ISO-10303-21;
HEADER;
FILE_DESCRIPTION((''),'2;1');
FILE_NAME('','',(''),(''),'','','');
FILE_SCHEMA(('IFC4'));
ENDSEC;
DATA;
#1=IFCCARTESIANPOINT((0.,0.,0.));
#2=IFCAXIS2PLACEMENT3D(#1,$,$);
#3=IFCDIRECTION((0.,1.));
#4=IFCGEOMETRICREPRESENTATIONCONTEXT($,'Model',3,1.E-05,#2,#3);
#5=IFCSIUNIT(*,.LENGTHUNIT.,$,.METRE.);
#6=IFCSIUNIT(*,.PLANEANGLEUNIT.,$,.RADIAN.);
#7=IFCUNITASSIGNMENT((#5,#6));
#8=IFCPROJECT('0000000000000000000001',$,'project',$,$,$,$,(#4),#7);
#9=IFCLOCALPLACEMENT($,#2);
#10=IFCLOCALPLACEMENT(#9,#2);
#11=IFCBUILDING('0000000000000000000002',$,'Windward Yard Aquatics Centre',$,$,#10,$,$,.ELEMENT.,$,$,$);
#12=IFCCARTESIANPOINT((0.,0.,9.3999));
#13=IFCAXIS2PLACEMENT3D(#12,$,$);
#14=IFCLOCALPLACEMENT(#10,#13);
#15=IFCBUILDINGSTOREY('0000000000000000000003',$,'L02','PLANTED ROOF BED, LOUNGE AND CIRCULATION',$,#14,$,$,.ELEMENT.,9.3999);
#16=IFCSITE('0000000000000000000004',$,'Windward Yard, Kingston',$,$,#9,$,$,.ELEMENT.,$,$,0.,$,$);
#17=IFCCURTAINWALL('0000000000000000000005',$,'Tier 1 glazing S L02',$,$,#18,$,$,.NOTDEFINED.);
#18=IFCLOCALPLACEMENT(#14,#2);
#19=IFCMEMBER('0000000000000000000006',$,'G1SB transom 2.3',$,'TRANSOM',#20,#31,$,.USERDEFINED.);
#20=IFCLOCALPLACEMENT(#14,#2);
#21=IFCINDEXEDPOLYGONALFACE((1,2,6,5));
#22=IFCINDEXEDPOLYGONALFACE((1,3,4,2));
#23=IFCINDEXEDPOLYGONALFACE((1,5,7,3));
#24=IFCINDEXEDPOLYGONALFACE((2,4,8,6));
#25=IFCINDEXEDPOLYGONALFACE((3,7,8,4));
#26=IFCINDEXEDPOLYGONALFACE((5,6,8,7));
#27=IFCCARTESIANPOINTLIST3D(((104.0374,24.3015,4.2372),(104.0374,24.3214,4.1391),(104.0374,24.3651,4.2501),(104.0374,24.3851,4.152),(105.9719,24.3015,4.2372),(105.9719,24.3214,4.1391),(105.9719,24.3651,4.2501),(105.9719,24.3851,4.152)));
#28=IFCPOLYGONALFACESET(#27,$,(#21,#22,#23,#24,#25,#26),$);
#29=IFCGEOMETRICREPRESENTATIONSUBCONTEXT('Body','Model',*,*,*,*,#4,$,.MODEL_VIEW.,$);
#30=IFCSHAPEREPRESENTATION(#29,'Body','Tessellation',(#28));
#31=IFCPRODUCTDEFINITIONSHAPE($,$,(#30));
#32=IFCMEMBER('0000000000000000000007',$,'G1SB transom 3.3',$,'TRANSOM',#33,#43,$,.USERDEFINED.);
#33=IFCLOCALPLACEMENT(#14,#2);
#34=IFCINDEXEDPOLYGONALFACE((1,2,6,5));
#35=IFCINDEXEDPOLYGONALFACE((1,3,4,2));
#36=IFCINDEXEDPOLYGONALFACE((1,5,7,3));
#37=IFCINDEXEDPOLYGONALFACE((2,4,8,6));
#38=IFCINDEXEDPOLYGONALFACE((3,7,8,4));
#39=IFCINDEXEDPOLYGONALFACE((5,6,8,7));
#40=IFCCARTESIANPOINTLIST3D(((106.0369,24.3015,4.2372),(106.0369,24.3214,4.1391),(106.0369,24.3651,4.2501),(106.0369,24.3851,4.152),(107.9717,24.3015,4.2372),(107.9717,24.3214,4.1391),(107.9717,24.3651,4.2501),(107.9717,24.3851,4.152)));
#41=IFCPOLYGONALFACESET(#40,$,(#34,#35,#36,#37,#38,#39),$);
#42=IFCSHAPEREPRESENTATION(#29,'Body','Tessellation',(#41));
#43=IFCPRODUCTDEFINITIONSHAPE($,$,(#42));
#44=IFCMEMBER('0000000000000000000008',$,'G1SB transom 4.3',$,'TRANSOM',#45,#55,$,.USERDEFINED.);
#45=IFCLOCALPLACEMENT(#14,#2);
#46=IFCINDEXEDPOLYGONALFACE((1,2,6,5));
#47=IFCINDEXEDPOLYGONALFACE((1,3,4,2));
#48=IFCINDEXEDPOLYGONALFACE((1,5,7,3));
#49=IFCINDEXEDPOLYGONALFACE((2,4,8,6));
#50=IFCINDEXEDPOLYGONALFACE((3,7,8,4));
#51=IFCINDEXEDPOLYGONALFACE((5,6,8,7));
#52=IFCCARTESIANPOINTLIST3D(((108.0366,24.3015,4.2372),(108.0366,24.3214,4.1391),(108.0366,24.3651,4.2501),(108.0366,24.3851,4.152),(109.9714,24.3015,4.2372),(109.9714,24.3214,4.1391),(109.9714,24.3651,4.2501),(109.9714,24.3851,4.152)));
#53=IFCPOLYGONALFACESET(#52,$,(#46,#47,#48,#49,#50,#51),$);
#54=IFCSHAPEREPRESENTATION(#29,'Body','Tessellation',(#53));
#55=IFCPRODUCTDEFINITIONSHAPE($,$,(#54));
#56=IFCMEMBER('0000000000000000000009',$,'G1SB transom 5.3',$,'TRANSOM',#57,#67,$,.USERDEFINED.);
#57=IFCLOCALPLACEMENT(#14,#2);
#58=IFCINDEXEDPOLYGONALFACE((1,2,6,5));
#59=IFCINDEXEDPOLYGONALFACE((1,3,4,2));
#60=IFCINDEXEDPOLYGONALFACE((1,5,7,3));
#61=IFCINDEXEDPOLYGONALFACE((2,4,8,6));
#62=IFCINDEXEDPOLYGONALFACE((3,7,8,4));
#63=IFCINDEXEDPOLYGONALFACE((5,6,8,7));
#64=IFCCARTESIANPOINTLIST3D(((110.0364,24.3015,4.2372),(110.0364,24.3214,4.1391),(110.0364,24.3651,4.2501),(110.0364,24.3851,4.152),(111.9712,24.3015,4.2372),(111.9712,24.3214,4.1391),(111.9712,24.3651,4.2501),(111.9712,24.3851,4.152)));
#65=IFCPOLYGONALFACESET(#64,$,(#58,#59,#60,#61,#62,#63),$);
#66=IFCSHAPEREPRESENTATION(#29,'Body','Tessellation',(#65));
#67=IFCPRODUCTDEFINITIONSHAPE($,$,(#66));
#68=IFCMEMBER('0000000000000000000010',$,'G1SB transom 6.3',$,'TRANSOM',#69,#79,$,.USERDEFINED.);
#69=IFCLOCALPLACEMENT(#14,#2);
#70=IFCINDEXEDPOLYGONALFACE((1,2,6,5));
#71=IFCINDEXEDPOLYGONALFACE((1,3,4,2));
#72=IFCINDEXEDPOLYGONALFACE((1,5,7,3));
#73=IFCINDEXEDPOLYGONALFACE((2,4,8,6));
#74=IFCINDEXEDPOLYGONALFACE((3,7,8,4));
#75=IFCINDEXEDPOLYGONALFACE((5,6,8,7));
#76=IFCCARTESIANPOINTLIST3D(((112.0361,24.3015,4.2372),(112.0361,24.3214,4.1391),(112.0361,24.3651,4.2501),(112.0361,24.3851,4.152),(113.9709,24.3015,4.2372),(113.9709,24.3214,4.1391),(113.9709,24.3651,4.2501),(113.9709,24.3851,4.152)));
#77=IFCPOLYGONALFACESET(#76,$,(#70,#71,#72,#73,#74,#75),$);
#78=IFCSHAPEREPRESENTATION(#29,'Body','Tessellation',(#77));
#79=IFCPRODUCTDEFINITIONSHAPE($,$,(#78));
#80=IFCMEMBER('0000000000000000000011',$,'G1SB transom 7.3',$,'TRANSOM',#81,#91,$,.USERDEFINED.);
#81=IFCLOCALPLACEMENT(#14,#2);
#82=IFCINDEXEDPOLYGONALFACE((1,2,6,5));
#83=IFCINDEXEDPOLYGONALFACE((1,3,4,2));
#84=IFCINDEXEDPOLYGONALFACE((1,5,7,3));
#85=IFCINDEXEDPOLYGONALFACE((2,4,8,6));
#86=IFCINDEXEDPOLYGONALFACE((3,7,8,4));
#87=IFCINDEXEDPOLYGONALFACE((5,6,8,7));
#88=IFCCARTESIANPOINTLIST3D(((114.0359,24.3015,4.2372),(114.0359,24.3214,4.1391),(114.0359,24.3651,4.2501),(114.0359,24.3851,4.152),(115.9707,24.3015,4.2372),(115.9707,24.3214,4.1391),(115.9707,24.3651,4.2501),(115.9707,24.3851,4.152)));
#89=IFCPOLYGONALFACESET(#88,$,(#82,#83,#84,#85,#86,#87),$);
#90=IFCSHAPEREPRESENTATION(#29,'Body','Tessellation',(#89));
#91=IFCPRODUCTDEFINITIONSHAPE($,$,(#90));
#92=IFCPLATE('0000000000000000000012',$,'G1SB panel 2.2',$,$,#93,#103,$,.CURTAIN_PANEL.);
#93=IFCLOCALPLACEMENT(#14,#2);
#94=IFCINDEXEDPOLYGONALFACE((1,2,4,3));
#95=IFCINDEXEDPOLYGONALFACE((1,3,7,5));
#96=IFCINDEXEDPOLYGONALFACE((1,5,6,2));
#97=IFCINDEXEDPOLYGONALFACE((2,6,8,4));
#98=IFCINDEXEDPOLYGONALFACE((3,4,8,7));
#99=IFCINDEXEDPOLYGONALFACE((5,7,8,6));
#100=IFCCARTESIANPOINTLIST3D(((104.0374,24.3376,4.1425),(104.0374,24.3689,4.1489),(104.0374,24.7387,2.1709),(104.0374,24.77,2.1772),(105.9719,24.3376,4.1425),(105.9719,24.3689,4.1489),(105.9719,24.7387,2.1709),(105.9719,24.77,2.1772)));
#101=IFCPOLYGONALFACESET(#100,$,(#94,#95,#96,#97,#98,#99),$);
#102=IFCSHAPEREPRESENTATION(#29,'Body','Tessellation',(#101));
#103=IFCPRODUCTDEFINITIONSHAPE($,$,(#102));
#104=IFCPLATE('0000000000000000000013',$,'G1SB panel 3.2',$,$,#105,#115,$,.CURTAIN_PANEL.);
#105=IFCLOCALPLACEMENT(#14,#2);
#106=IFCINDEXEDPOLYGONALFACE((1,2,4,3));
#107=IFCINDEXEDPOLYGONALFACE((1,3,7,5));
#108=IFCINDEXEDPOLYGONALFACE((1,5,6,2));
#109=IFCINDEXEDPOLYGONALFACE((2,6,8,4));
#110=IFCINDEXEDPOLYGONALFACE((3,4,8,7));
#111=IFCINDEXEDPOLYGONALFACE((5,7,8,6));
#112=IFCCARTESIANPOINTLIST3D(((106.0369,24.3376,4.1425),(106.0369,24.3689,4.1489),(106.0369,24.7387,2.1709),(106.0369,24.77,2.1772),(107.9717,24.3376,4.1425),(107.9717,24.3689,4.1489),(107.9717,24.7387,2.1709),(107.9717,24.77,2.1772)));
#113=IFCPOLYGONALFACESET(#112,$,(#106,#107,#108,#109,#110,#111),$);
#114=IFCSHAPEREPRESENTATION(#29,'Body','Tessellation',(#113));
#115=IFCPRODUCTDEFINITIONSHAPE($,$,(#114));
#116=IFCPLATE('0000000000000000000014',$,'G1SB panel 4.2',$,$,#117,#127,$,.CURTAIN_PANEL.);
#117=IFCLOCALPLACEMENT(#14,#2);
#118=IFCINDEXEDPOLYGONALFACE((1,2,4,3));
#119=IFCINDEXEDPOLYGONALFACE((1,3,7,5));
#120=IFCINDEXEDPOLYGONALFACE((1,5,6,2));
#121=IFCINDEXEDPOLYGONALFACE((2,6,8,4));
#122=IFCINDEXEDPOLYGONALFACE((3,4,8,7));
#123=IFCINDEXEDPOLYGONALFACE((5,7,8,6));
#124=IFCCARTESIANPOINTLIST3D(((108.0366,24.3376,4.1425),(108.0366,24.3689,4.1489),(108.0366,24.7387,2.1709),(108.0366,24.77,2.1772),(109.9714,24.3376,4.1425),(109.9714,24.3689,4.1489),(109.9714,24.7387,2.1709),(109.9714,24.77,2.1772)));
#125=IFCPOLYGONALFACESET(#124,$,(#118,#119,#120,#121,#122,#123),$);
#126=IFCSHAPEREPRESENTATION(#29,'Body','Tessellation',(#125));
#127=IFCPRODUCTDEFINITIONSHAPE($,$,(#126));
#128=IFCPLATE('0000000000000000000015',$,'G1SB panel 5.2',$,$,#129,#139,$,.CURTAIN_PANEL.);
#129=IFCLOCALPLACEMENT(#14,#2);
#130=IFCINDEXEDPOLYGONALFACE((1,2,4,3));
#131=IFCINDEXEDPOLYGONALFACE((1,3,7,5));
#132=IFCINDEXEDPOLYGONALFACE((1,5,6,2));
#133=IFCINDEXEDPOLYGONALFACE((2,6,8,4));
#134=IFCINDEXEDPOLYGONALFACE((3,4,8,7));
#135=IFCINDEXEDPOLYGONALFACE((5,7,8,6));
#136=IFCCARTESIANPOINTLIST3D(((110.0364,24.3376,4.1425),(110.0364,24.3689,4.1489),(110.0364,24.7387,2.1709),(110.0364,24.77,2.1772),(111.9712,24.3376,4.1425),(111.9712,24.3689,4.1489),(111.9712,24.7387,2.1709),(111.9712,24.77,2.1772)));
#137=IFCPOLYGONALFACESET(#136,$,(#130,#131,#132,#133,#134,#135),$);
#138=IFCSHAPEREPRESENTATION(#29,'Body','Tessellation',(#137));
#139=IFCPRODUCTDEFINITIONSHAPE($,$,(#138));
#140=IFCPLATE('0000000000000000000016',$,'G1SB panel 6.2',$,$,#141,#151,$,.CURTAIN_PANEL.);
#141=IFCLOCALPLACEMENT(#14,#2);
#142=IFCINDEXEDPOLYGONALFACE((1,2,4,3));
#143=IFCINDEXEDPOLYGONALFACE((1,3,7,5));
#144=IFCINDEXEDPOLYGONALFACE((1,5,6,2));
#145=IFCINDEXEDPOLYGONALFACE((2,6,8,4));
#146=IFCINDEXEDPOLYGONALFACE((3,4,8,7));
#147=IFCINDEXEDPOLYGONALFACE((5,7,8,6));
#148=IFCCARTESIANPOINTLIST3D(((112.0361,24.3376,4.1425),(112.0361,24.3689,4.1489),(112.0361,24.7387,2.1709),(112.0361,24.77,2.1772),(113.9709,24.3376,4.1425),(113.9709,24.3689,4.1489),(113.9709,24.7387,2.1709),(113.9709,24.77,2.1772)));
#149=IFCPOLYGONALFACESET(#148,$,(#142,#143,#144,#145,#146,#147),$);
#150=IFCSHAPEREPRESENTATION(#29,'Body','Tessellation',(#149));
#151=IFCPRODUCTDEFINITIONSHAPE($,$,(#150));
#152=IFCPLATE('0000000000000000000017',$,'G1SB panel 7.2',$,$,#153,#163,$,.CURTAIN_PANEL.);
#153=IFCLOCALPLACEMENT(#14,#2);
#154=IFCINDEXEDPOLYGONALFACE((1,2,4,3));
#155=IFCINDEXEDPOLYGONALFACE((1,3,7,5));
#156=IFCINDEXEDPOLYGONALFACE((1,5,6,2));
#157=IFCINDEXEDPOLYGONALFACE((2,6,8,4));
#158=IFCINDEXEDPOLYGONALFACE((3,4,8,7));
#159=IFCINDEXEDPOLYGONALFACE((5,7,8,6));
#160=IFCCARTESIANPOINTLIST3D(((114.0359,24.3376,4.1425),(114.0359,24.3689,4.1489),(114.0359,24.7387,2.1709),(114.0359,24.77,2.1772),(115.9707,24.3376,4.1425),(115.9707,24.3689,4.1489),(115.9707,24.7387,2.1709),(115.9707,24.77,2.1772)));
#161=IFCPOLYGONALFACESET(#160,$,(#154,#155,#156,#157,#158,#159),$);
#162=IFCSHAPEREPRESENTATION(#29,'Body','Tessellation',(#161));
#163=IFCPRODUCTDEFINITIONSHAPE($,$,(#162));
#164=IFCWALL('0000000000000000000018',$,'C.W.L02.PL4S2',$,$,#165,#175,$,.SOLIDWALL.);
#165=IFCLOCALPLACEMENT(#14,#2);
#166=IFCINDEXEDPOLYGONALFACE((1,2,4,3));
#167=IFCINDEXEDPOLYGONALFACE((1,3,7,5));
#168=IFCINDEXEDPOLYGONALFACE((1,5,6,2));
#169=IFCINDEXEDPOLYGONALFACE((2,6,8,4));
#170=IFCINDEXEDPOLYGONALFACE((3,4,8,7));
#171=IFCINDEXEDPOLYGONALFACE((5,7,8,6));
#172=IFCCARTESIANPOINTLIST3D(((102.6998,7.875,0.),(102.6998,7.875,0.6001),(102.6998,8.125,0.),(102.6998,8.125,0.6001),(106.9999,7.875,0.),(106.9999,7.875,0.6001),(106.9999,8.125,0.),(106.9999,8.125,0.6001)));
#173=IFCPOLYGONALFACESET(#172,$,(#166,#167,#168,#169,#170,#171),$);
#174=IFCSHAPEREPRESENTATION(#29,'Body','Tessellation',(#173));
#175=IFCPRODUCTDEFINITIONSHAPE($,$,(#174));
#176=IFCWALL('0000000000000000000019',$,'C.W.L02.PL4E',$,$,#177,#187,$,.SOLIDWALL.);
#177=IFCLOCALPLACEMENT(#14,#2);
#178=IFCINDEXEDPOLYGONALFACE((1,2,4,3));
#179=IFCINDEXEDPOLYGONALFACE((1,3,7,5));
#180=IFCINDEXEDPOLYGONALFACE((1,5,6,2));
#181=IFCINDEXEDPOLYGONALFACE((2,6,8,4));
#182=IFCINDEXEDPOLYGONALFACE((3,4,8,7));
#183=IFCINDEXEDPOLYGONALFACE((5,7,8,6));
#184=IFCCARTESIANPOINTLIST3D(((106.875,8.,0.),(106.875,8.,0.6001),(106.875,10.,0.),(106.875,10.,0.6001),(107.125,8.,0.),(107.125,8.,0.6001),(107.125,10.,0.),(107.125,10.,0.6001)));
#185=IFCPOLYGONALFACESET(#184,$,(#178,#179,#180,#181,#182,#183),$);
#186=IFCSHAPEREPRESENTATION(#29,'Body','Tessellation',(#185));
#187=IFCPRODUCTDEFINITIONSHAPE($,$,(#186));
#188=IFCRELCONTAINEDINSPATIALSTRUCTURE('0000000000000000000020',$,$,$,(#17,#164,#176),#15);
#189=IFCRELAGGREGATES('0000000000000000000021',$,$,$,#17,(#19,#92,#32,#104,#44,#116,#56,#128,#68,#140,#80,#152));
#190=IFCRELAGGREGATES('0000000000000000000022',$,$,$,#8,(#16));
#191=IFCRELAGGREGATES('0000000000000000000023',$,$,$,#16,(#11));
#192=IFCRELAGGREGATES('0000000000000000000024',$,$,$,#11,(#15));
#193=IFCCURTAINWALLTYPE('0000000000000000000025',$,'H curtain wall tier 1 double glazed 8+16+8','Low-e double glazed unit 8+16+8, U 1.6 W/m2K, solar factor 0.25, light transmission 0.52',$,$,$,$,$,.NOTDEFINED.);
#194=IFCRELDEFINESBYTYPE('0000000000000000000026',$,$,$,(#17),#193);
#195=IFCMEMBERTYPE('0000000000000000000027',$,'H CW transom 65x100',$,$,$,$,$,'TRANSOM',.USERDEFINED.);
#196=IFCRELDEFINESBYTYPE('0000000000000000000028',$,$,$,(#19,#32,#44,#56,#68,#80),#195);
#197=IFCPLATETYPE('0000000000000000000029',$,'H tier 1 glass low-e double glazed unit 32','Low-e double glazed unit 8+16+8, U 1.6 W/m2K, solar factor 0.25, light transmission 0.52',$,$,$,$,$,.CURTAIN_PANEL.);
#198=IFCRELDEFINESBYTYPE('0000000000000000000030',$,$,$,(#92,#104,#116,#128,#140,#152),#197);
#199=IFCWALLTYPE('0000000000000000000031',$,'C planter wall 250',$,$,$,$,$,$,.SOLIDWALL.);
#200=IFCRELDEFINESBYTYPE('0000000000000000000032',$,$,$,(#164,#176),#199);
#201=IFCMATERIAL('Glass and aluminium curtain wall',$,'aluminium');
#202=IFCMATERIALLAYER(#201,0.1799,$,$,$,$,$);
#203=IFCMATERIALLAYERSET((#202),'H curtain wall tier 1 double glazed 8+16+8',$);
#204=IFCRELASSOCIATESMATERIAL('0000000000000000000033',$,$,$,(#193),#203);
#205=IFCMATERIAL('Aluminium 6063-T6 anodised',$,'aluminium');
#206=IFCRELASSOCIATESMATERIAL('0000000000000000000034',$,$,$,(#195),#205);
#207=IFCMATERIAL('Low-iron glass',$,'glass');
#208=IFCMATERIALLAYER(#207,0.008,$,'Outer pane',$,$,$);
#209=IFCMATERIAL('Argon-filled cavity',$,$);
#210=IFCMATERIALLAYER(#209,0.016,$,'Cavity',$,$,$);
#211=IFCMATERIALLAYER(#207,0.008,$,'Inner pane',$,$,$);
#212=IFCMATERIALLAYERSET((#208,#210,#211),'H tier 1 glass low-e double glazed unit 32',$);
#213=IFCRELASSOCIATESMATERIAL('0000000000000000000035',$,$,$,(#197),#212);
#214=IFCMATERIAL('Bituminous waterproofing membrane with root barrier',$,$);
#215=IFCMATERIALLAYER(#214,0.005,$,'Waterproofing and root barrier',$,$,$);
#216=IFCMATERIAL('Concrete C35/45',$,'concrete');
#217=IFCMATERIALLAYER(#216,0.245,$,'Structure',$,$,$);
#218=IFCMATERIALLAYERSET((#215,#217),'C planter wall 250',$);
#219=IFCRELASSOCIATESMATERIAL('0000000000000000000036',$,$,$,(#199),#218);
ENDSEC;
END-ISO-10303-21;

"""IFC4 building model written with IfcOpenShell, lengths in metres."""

from ifc_helpers import new_model, si_unit, direction, frame, frame_2d, origin, origin_2d, place, context, subcontext, project, spatial, polyline, rectangle, outline, extrude, material, layer, layer_set, material_profile, profile_set, type_object, element, aggregate, save


model = new_model("IFC4")

# Units and contexts
model_context = context("Model", 3, precision=1e-05, world=origin(), true_north=direction((0.0, 1.0)))
body_context = subcontext(model_context, "Body", "Model", "MODEL_VIEW")
ifc_project = project(units=[si_unit("LENGTHUNIT", "METRE"), si_unit("PLANEANGLEUNIT", "RADIAN")], contexts=[model_context])

# Site, building, storey
site_placement = place(None, origin())
site = spatial("IfcSite", under=ifc_project, at=site_placement, Name="Windward Yard, Kingston", CompositionType="ELEMENT", RefElevation=0.0)
building_placement = place(site_placement, origin())
building = spatial("IfcBuilding", under=site, at=building_placement, Name="Windward Yard Aquatics Centre", CompositionType="ELEMENT")
storey_placement = place(building_placement, frame((0.0, 0.0, 9.3999)))
storey = spatial("IfcBuildingStorey", under=building, at=storey_placement, Name="L02", Description="PLANTED ROOF BED, LOUNGE AND CIRCULATION", CompositionType="ELEMENT", Elevation=9.3999)

# Curtain wall, members, plates
ifc_material_1 = material(Name="Glass and aluminium curtain wall", Category="aluminium")
ifc_layer_1 = layer(ifc_material_1, 0.1799)
ifc_layer_set_1 = layer_set([ifc_layer_1], Name="H curtain wall tier 1 double glazed 8+16+8")
curtain_wall_type = type_object("IfcCurtainWallType", Name="H curtain wall tier 1 double glazed 8+16+8", Description="Low-e double glazed unit 8+16+8, U 1.6 W/m2K, solar factor 0.25, light transmission 0.52", PredefinedType="NOTDEFINED", material=ifc_layer_set_1)
curtain_wall_placement = place(storey_placement, origin())
curtain_wall = element("IfcCurtainWall", 1, at=curtain_wall_placement, inside=storey, type_object=curtain_wall_type, Name="Tier 1 glazing S L02", PredefinedType="NOTDEFINED")
ifc_material_2 = material(Name="Aluminium 6063-T6 anodised", Category="aluminium")
ifc_material_profile = material_profile(ifc_material_2, rectangle(XDim=0.0649, YDim=0.1001, at=origin_2d()), Name="H CW transom 65x100")
ifc_profile_set = profile_set([ifc_material_profile], Name="Aluminium 6063-T6 anodised")
member_type = type_object("IfcMemberType", Name="H CW transom 65x100", ElementType="TRANSOM", PredefinedType="USERDEFINED", material=ifc_profile_set)
member_1_placement = place(storey_placement, frame((104.0374, 24.3433, 4.1946), z_axis=(1.0, 0.0, 0.0), x_axis=(0.0, 0.979925, 0.199368)))
member_1 = element("IfcMember", 2, at=member_1_placement, type_object=member_type, Name="G1SB transom 2.3", ObjectType="TRANSOM", PredefinedType="USERDEFINED", context=body_context, shape_type="SweptSolid", body=[
    extrude(rectangle(XDim=0.0649, YDim=0.1001, at=origin_2d()), origin(), (0.0, 0.0, 1.0), 1.9346),
])
member_2_placement = place(storey_placement, frame((106.0369, 24.3433, 4.1946), z_axis=(1.0, 0.0, 0.0), x_axis=(0.0, 0.979925, 0.199368)))
member_2 = element("IfcMember", 3, at=member_2_placement, type_object=member_type, Name="G1SB transom 3.3", ObjectType="TRANSOM", PredefinedType="USERDEFINED", context=body_context, shape_type="SweptSolid", body=[
    extrude(rectangle(XDim=0.0649, YDim=0.1001, at=origin_2d()), origin(), (0.0, 0.0, 1.0), 1.9348),
])
member_3_placement = place(storey_placement, frame((108.0366, 24.3433, 4.1946), z_axis=(1.0, 0.0, 0.0), x_axis=(0.0, 0.979925, 0.199368)))
member_3 = element("IfcMember", 4, at=member_3_placement, type_object=member_type, Name="G1SB transom 4.3", ObjectType="TRANSOM", PredefinedType="USERDEFINED", context=body_context, shape_type="SweptSolid", body=[
    extrude(rectangle(XDim=0.0649, YDim=0.1001, at=origin_2d()), origin(), (0.0, 0.0, 1.0), 1.9348),
])
member_4_placement = place(storey_placement, frame((110.0364, 24.3433, 4.1946), z_axis=(1.0, 0.0, 0.0), x_axis=(0.0, 0.979925, 0.199368)))
member_4 = element("IfcMember", 5, at=member_4_placement, type_object=member_type, Name="G1SB transom 5.3", ObjectType="TRANSOM", PredefinedType="USERDEFINED", context=body_context, shape_type="SweptSolid", body=[
    extrude(rectangle(XDim=0.0649, YDim=0.1001, at=origin_2d()), origin(), (0.0, 0.0, 1.0), 1.9348),
])
member_5_placement = place(storey_placement, frame((112.0361, 24.3433, 4.1946), z_axis=(1.0, 0.0, 0.0), x_axis=(0.0, 0.979925, 0.199368)))
member_5 = element("IfcMember", 6, at=member_5_placement, type_object=member_type, Name="G1SB transom 6.3", ObjectType="TRANSOM", PredefinedType="USERDEFINED", context=body_context, shape_type="SweptSolid", body=[
    extrude(rectangle(XDim=0.0649, YDim=0.1001, at=origin_2d()), origin(), (0.0, 0.0, 1.0), 1.9348),
])
member_6_placement = place(storey_placement, frame((114.0359, 24.3433, 4.1946), z_axis=(1.0, 0.0, 0.0), x_axis=(0.0, 0.979925, 0.199368)))
member_6 = element("IfcMember", 7, at=member_6_placement, type_object=member_type, Name="G1SB transom 7.3", ObjectType="TRANSOM", PredefinedType="USERDEFINED", context=body_context, shape_type="SweptSolid", body=[
    extrude(rectangle(XDim=0.0649, YDim=0.1001, at=origin_2d()), origin(), (0.0, 0.0, 1.0), 1.9348),
])
ifc_material_3 = material(Name="Low-iron glass", Category="glass")
ifc_layer_2 = layer(ifc_material_3, 0.008, Name="Outer pane")
ifc_material_4 = material(Name="Argon-filled cavity")
ifc_layer_3 = layer(ifc_material_4, 0.016, Name="Cavity")
ifc_layer_4 = layer(ifc_material_3, 0.008, Name="Inner pane")
ifc_layer_set_2 = layer_set([ifc_layer_2, ifc_layer_3, ifc_layer_4], Name="H tier 1 glass low-e double glazed unit 32")
plate_type = type_object("IfcPlateType", Name="H tier 1 glass low-e double glazed unit 32", Description="Low-e double glazed unit 8+16+8, U 1.6 W/m2K, solar factor 0.25, light transmission 0.52", PredefinedType="CURTAIN_PANEL", material=ifc_layer_set_2)
plate_1_placement = place(storey_placement, frame((104.0374, 24.3689, 4.1489), z_axis=(0.0, 0.979927, 0.199359), x_axis=(0.0, 0.199359, -0.979927)))
plate_1 = element("IfcPlate", 8, at=plate_1_placement, type_object=plate_type, Name="G1SB panel 2.2", PredefinedType="CURTAIN_PANEL", context=body_context, shape_type="SweptSolid", body=[
    extrude(outline(polyline([(0.0, 0.0), (2.0121, 0.0), (2.0121, -1.9346), (0.0, -1.9346), (0.0, 0.0)])), origin(), (0.0, 0.0, -1.0), 0.032),
])
plate_2_placement = place(storey_placement, frame((106.0369, 24.3689, 4.1489), z_axis=(0.0, 0.979927, 0.199359), x_axis=(0.0, 0.199359, -0.979927)))
plate_2 = element("IfcPlate", 9, at=plate_2_placement, type_object=plate_type, Name="G1SB panel 3.2", PredefinedType="CURTAIN_PANEL", context=body_context, shape_type="SweptSolid", body=[
    extrude(outline(polyline([(0.0, 0.0), (2.0121, 0.0), (2.0121, -1.9348), (0.0, -1.9348), (0.0, 0.0)])), origin(), (0.0, 0.0, -1.0), 0.032),
])
plate_3_placement = place(storey_placement, frame((108.0366, 24.3689, 4.1489), z_axis=(0.0, 0.979927, 0.199359), x_axis=(0.0, 0.199359, -0.979927)))
plate_3 = element("IfcPlate", 10, at=plate_3_placement, type_object=plate_type, Name="G1SB panel 4.2", PredefinedType="CURTAIN_PANEL", context=body_context, shape_type="SweptSolid", body=[
    extrude(outline(polyline([(0.0, 0.0), (2.0121, 0.0), (2.0121, -1.9348), (0.0, -1.9348), (0.0, 0.0)])), origin(), (0.0, 0.0, -1.0), 0.032),
])
plate_4_placement = place(storey_placement, frame((110.0364, 24.3689, 4.1489), z_axis=(0.0, 0.979927, 0.199359), x_axis=(0.0, 0.199359, -0.979927)))
plate_4 = element("IfcPlate", 11, at=plate_4_placement, type_object=plate_type, Name="G1SB panel 5.2", PredefinedType="CURTAIN_PANEL", context=body_context, shape_type="SweptSolid", body=[
    extrude(outline(polyline([(0.0, 0.0), (2.0121, 0.0), (2.0121, -1.9348), (0.0, -1.9348), (0.0, 0.0)])), origin(), (0.0, 0.0, -1.0), 0.032),
])
plate_5_placement = place(storey_placement, frame((112.0361, 24.3689, 4.1489), z_axis=(0.0, 0.979927, 0.199359), x_axis=(0.0, 0.199359, -0.979927)))
plate_5 = element("IfcPlate", 12, at=plate_5_placement, type_object=plate_type, Name="G1SB panel 6.2", PredefinedType="CURTAIN_PANEL", context=body_context, shape_type="SweptSolid", body=[
    extrude(outline(polyline([(0.0, 0.0), (2.0121, 0.0), (2.0121, -1.9348), (0.0, -1.9348), (0.0, 0.0)])), origin(), (0.0, 0.0, -1.0), 0.032),
])
plate_6_placement = place(storey_placement, frame((114.0359, 24.3689, 4.1489), z_axis=(0.0, 0.979927, 0.199359), x_axis=(0.0, 0.199359, -0.979927)))
plate_6 = element("IfcPlate", 13, at=plate_6_placement, type_object=plate_type, Name="G1SB panel 7.2", PredefinedType="CURTAIN_PANEL", context=body_context, shape_type="SweptSolid", body=[
    extrude(outline(polyline([(0.0, 0.0), (2.0121, 0.0), (2.0121, -1.9348), (0.0, -1.9348), (0.0, 0.0)])), origin(), (0.0, 0.0, -1.0), 0.032),
])
aggregate(curtain_wall, [member_1, plate_1, member_2, plate_2, member_3, plate_3, member_4, plate_4, member_5, plate_5, member_6, plate_6])

# Walls
ifc_material_5 = material(Name="Bituminous waterproofing membrane with root barrier")
ifc_layer_5 = layer(ifc_material_5, 0.005, Name="Waterproofing and root barrier")
ifc_material_6 = material(Name="Concrete C35/45", Category="concrete")
ifc_layer_6 = layer(ifc_material_6, 0.245, Name="Structure")
ifc_layer_set_3 = layer_set([ifc_layer_5, ifc_layer_6], Name="C planter wall 250")
wall_type = type_object("IfcWallType", Name="C planter wall 250", PredefinedType="SOLIDWALL", material=ifc_layer_set_3)
wall_1_placement = place(storey_placement, frame((102.7, 8.0, 0.0), z_axis=(0.0, 0.0, 1.0), x_axis=(1.0, 0.0, 0.0)))
element("IfcWall", 14, at=wall_1_placement, inside=storey, type_object=wall_type, Name="C.W.L02.PL4S2", PredefinedType="SOLIDWALL", context=body_context, shape_type="SweptSolid", body=[
    extrude(rectangle(XDim=4.3, YDim=0.25, at=frame_2d((2.1499, 0.0))), origin(), (0.0, 0.0, 1.0), 0.6001),
])
wall_2_placement = place(storey_placement, frame((107.0, 8.0, 0.0), z_axis=(0.0, 0.0, 1.0), x_axis=(0.0, 1.0, 0.0)))
element("IfcWall", 15, at=wall_2_placement, inside=storey, type_object=wall_type, Name="C.W.L02.PL4E", PredefinedType="SOLIDWALL", context=body_context, shape_type="SweptSolid", body=[
    extrude(rectangle(XDim=2.0, YDim=0.25, at=frame_2d((1.0, 0.0))), origin(), (0.0, 0.0, 1.0), 0.6001),
])

save(model, "model.ifc")
